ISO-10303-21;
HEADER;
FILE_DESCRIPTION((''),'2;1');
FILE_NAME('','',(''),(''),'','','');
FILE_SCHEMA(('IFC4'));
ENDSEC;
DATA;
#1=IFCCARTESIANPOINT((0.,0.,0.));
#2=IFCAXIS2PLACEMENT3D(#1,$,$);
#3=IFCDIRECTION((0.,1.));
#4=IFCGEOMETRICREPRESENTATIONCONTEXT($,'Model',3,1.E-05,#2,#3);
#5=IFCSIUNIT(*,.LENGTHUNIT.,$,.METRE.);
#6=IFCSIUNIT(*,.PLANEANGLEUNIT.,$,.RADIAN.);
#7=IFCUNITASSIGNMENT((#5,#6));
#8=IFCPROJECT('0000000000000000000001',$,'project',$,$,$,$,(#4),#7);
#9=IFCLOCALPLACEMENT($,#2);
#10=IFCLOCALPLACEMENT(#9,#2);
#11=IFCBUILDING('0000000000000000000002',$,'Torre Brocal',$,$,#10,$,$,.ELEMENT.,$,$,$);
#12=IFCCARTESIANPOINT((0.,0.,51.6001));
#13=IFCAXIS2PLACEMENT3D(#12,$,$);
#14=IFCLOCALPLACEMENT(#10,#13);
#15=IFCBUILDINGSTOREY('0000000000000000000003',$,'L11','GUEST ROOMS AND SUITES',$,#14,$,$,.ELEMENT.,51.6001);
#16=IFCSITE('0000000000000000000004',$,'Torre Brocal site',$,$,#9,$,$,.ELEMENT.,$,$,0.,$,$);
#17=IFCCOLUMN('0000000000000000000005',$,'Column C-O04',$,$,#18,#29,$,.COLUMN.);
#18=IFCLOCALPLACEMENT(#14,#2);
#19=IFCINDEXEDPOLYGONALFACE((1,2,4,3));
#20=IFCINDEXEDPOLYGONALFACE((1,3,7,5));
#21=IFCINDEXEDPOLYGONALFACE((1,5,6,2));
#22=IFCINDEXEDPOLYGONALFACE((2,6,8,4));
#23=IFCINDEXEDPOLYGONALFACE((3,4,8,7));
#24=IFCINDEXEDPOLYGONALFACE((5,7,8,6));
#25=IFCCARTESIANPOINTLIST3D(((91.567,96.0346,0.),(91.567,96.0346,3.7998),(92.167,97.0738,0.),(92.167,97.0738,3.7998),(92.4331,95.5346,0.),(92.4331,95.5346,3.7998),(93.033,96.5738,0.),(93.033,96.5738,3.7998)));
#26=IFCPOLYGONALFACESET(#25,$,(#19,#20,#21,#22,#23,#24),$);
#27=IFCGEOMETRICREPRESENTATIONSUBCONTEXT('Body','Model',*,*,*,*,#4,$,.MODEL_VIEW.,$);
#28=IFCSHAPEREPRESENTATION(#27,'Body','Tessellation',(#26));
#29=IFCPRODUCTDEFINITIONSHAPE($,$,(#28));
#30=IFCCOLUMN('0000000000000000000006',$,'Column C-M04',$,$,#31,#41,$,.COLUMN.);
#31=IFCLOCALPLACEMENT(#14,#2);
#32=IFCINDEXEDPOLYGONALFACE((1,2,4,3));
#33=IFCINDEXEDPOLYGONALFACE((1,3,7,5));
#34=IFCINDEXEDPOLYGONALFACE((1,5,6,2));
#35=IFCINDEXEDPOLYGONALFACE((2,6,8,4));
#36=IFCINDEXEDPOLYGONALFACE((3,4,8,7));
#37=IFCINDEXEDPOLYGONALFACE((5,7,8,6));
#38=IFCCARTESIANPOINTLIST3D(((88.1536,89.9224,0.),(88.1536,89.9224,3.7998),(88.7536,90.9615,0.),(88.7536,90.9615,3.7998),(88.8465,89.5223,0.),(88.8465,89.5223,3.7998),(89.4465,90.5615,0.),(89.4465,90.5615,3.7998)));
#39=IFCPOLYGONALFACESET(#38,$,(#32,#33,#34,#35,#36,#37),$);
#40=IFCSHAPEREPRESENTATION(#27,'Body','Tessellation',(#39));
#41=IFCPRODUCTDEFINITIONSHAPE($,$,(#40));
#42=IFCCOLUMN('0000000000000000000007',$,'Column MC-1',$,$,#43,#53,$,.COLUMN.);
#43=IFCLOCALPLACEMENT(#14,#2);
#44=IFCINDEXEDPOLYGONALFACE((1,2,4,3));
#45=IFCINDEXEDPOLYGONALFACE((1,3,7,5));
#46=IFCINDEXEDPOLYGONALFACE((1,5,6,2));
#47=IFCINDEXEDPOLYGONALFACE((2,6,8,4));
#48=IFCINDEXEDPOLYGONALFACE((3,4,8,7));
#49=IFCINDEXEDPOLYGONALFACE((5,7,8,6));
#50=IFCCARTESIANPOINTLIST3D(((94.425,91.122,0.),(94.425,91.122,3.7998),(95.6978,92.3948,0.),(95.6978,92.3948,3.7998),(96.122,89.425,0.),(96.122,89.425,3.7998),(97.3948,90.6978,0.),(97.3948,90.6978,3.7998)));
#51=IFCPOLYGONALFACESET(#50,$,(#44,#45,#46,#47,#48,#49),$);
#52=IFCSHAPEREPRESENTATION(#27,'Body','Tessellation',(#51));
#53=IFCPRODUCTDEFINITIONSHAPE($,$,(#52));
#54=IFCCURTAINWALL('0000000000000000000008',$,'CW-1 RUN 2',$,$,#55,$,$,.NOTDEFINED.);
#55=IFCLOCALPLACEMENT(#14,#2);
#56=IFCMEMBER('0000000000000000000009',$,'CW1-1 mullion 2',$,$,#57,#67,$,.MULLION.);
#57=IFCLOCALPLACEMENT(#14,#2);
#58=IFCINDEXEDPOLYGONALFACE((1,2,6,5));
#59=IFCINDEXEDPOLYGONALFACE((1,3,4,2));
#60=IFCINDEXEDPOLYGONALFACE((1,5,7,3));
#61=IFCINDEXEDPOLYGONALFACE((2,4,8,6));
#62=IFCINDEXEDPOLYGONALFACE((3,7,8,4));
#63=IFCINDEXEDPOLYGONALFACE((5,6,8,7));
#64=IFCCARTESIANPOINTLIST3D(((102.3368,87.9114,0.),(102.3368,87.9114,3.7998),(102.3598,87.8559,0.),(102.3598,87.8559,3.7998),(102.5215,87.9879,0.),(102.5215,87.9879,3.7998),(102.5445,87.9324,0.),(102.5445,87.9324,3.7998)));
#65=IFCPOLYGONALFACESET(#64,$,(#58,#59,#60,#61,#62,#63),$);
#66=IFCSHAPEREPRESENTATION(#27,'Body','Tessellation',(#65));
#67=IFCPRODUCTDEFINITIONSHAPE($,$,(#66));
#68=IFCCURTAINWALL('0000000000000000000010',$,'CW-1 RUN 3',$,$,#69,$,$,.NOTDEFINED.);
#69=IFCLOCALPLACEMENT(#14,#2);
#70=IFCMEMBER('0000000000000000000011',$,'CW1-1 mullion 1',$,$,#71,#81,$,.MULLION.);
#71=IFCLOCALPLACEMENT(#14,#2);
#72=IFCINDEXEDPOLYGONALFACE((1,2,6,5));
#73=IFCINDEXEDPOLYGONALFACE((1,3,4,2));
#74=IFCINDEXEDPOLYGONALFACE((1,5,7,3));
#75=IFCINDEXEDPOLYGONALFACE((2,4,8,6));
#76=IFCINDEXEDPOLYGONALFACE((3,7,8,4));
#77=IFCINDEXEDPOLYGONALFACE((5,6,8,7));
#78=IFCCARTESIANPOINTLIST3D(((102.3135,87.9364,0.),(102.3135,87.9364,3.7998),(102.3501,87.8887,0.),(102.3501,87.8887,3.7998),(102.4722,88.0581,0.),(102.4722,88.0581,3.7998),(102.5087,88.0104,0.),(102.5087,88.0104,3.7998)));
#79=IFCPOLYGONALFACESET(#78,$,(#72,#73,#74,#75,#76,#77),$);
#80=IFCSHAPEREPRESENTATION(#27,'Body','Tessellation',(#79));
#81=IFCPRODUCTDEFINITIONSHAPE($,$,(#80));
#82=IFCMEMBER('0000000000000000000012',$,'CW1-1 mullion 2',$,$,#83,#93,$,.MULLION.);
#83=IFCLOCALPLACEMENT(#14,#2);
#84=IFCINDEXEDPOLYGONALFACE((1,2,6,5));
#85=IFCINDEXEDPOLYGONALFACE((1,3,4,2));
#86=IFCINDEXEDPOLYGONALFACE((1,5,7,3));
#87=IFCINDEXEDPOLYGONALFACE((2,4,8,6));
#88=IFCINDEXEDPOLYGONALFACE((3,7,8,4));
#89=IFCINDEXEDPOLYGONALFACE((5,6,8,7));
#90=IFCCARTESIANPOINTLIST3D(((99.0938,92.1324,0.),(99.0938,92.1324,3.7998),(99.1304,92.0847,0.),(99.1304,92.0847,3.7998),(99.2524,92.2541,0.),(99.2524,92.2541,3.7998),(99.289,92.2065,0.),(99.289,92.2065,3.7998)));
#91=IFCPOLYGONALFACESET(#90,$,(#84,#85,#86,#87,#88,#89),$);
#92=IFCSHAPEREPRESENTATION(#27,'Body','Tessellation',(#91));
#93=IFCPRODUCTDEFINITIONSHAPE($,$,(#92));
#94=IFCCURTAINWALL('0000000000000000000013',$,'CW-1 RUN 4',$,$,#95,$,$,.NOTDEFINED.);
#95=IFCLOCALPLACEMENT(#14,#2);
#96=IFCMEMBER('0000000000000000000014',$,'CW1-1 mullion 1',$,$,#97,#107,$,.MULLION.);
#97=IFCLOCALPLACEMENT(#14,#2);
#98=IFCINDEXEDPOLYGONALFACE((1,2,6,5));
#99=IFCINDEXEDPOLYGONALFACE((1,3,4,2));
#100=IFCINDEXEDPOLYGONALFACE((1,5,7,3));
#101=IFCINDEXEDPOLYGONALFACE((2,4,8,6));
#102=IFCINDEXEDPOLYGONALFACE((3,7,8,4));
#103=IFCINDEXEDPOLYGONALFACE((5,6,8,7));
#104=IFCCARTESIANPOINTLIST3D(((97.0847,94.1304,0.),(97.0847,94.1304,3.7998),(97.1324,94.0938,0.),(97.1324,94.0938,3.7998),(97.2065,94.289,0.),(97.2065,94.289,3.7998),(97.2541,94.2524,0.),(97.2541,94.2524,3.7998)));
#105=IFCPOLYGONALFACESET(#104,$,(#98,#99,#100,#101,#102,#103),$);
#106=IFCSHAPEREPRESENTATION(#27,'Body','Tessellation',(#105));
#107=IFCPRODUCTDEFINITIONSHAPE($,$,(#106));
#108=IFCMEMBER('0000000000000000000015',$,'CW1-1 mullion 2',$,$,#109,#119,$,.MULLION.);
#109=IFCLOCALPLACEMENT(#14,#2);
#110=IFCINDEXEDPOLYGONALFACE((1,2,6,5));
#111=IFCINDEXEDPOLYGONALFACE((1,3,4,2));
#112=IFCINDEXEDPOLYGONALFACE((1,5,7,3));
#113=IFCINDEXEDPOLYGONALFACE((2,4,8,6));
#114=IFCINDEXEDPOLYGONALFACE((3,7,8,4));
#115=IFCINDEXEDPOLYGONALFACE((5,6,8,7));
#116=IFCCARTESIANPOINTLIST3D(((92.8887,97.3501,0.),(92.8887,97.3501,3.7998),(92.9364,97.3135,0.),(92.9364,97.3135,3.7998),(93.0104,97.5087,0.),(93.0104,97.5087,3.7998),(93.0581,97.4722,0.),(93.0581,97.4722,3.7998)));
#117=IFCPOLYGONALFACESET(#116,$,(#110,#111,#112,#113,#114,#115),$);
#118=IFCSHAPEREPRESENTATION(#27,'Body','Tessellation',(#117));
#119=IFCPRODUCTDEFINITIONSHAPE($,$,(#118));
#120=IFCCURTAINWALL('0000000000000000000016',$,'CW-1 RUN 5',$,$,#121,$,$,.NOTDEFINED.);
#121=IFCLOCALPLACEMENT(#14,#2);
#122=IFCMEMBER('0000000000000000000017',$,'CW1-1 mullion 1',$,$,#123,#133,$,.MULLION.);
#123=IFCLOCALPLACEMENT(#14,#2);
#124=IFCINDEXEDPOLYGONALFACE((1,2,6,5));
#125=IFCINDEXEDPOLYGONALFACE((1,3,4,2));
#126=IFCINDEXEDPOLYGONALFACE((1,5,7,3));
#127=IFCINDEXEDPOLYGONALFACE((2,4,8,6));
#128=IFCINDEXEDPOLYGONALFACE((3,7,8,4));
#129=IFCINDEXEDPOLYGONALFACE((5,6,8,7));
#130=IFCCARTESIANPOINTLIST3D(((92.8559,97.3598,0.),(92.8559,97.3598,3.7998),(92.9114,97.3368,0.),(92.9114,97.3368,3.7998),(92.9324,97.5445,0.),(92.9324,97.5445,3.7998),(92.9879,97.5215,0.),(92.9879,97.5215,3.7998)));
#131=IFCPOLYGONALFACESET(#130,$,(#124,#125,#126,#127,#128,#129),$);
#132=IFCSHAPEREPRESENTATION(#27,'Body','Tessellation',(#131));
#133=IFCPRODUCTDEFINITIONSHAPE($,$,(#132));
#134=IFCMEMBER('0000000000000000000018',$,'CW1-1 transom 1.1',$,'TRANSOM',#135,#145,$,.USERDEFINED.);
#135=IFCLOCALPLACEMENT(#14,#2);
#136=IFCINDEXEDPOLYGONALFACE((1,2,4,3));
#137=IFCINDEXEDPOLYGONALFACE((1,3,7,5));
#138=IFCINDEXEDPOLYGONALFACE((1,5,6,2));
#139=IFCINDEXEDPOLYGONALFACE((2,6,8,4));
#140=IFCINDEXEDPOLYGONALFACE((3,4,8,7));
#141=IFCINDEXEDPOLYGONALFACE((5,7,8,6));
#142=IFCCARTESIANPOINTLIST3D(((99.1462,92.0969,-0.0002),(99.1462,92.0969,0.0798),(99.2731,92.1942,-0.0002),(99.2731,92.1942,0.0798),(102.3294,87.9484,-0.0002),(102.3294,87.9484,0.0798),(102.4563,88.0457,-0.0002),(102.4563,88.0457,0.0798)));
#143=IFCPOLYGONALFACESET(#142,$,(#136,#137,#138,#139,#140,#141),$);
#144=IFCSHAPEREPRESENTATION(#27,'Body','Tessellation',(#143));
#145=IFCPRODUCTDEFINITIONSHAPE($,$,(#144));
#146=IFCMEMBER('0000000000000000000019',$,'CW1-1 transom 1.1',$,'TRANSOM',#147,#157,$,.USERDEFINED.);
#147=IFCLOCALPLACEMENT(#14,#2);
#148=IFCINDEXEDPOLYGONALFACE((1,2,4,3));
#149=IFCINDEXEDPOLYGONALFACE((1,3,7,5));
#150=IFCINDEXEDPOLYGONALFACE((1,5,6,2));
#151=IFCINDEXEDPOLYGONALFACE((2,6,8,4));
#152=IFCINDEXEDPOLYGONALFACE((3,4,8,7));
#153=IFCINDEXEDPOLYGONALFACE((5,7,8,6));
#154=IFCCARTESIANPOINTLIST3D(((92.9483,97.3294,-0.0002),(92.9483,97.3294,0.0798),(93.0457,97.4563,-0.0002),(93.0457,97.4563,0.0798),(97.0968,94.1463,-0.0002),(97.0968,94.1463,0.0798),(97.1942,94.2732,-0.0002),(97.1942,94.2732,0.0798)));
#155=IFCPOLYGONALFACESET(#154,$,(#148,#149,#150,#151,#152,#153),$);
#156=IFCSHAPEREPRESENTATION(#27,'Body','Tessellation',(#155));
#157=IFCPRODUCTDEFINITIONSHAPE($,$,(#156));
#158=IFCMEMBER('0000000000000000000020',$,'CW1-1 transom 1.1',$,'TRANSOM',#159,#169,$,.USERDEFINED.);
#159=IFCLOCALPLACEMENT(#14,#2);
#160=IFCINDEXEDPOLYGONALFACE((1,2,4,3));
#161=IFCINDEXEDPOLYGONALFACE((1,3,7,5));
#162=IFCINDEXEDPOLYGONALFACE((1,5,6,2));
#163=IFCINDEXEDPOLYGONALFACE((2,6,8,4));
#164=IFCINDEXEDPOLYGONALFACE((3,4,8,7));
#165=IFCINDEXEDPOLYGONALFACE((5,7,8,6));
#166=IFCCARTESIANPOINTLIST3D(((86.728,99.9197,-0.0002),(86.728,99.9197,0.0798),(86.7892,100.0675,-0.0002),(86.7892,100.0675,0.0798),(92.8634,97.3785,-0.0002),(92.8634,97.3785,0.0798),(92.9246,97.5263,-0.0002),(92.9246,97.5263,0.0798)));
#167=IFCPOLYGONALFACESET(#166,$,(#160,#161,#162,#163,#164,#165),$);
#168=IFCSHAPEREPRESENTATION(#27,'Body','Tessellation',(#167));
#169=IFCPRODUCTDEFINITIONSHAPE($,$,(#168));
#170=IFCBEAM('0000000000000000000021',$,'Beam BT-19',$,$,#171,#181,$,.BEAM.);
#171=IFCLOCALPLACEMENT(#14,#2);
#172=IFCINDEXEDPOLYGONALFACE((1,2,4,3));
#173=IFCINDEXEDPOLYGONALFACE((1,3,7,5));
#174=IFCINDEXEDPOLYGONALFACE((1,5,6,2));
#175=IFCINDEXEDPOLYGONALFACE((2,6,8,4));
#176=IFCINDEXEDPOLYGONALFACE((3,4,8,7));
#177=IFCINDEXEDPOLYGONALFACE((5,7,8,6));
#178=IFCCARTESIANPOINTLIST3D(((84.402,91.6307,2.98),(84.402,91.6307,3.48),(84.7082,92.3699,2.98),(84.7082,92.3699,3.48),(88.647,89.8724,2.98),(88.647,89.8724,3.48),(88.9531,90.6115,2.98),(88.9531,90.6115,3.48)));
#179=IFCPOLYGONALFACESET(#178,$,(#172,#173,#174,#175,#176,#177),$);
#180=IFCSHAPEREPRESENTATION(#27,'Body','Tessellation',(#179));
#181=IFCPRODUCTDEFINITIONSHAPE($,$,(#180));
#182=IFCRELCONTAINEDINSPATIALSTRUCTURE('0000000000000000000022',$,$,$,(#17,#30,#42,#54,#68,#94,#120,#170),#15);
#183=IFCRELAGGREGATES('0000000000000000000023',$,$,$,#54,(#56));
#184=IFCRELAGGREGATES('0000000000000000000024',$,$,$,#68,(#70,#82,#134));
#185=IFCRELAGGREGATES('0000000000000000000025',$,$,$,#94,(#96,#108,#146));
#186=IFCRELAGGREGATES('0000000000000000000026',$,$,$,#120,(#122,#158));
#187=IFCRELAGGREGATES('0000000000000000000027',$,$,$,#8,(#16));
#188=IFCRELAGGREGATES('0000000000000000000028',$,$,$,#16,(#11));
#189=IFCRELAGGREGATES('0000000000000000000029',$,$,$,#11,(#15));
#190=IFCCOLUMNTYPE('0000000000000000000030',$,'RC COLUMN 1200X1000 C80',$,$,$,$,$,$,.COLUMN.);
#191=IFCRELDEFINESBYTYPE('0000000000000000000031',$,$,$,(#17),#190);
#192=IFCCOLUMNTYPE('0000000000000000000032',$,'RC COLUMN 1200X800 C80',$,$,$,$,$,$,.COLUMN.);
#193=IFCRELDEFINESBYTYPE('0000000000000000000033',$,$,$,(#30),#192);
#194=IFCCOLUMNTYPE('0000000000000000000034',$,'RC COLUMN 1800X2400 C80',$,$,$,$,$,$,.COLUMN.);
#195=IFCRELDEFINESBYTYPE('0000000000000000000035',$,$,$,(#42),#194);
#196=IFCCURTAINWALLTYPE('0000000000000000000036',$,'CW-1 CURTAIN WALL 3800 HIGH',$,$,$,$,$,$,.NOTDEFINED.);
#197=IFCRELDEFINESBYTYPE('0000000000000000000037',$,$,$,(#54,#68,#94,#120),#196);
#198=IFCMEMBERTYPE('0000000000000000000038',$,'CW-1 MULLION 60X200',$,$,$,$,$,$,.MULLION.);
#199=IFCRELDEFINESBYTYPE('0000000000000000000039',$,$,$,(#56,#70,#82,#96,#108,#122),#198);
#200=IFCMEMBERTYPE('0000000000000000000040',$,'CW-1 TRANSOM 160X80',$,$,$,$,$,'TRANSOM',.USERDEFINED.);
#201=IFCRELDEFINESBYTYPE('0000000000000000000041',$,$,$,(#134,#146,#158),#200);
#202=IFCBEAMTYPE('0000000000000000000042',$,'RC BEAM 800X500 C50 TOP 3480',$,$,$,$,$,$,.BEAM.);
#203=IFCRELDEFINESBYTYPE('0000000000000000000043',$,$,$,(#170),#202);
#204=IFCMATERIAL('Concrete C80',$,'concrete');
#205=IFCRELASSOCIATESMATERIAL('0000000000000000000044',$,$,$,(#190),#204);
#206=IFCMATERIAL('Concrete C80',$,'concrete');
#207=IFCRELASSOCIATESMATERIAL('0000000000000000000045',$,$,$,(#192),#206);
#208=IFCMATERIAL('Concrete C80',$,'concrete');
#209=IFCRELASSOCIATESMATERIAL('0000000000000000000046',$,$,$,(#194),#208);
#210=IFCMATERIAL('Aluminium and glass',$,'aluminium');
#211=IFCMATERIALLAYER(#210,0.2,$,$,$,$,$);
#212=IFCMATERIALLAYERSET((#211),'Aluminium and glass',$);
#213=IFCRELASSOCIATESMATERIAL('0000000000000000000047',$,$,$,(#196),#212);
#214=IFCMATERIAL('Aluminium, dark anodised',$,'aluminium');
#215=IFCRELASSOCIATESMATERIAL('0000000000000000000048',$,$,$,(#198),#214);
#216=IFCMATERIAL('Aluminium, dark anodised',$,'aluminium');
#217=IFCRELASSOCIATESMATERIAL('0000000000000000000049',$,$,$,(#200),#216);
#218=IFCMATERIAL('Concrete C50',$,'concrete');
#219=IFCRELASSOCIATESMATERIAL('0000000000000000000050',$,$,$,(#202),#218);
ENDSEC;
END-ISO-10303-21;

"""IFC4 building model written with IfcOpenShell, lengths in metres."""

from ifc_helpers import new_model, si_unit, direction, frame, origin, origin_2d, place, context, subcontext, project, spatial, rectangle, extrude, material, layer, layer_set, material_profile, profile_set, type_object, element, aggregate, save


model = new_model("IFC4")

# Units and contexts
model_context = context("Model", 3, precision=1e-05, world=origin(), true_north=direction((0.0, 1.0)))
body_context = subcontext(model_context, "Body", "Model", "MODEL_VIEW")
ifc_project = project(units=[si_unit("LENGTHUNIT", "METRE"), si_unit("PLANEANGLEUNIT", "RADIAN")], contexts=[model_context])

# Site, building, storey
site_placement = place(None, origin())
site = spatial("IfcSite", under=ifc_project, at=site_placement, Name="Torre Brocal site", CompositionType="ELEMENT", RefElevation=0.0)
building_placement = place(site_placement, origin())
building = spatial("IfcBuilding", under=site, at=building_placement, Name="Torre Brocal", CompositionType="ELEMENT")
storey_placement = place(building_placement, frame((0.0, 0.0, 51.6001)))
storey = spatial("IfcBuildingStorey", under=building, at=storey_placement, Name="L11", Description="GUEST ROOMS AND SUITES", CompositionType="ELEMENT", Elevation=51.6001)

# Columns
ifc_material_1 = material(Name="Concrete C80", Category="concrete")
ifc_material_profile_1 = material_profile(ifc_material_1, rectangle(XDim=1.2, YDim=1.0, at=origin_2d()), Name="RC 1200X1000")
ifc_profile_set_1 = profile_set([ifc_material_profile_1], Name="Concrete C80")
column_type_1 = type_object("IfcColumnType", Name="RC COLUMN 1200X1000 C80", PredefinedType="COLUMN", material=ifc_profile_set_1)
column_1_placement = place(storey_placement, frame((92.3, 96.3042, 0.0), z_axis=(0.0, 0.0, 1.0), x_axis=(0.5, 0.866025, 0.0)))
element("IfcColumn", 1, at=column_1_placement, inside=storey, type_object=column_type_1, Name="Column C-O04", PredefinedType="COLUMN", context=body_context, shape_type="SweptSolid", body=[
    extrude(rectangle(XDim=1.2, YDim=1.0, at=origin_2d()), origin(), (0.0, 0.0, 1.0), 3.7998),
])
ifc_material_2 = material(Name="Concrete C80", Category="concrete")
ifc_material_profile_2 = material_profile(ifc_material_2, rectangle(XDim=1.2, YDim=0.8, at=origin_2d()), Name="RC 1200X800")
ifc_profile_set_2 = profile_set([ifc_material_profile_2], Name="Concrete C80")
column_type_2 = type_object("IfcColumnType", Name="RC COLUMN 1200X800 C80", PredefinedType="COLUMN", material=ifc_profile_set_2)
column_2_placement = place(storey_placement, frame((88.8, 90.2419, 0.0), z_axis=(0.0, 0.0, 1.0), x_axis=(0.5, 0.866025, 0.0)))
element("IfcColumn", 2, at=column_2_placement, inside=storey, type_object=column_type_2, Name="Column C-M04", PredefinedType="COLUMN", context=body_context, shape_type="SweptSolid", body=[
    extrude(rectangle(XDim=1.2, YDim=0.8, at=origin_2d()), origin(), (0.0, 0.0, 1.0), 3.7998),
])
ifc_material_3 = material(Name="Concrete C80", Category="concrete")
ifc_material_profile_3 = material_profile(ifc_material_3, rectangle(XDim=1.8, YDim=2.3999, at=origin_2d()), Name="RC 1800X2400")
ifc_profile_set_3 = profile_set([ifc_material_profile_3], Name="Concrete C80")
column_type_3 = type_object("IfcColumnType", Name="RC COLUMN 1800X2400 C80", PredefinedType="COLUMN", material=ifc_profile_set_3)
column_3_placement = place(storey_placement, frame((95.9099, 90.9099, 0.0), z_axis=(0.0, 0.0, 1.0), x_axis=(0.707107, 0.707107, 0.0)))
element("IfcColumn", 3, at=column_3_placement, inside=storey, type_object=column_type_3, Name="Column MC-1", PredefinedType="COLUMN", context=body_context, shape_type="SweptSolid", body=[
    extrude(rectangle(XDim=1.8, YDim=2.3999, at=origin_2d()), origin(), (0.0, 0.0, 1.0), 3.7998),
])

# Curtain wall, member
ifc_material_4 = material(Name="Aluminium and glass", Category="aluminium")
ifc_layer_1 = layer(ifc_material_4, 0.2)
ifc_layer_set_1 = layer_set([ifc_layer_1], Name="Aluminium and glass")
curtain_wall_type = type_object("IfcCurtainWallType", Name="CW-1 CURTAIN WALL 3800 HIGH", PredefinedType="NOTDEFINED", material=ifc_layer_set_1)
curtain_wall_1_placement = place(storey_placement, origin())
curtain_wall_1 = element("IfcCurtainWall", 4, at=curtain_wall_1_placement, inside=storey, type_object=curtain_wall_type, Name="CW-1 RUN 2", PredefinedType="NOTDEFINED")
ifc_material_5 = material(Name="Aluminium, dark anodised", Category="aluminium")
ifc_material_profile_4 = material_profile(ifc_material_5, rectangle(XDim=0.2, YDim=0.0601, at=origin_2d()), Name="CW-1 MULLION 60X200")
ifc_profile_set_4 = profile_set([ifc_material_profile_4], Name="Aluminium, dark anodised")
member_type_1 = type_object("IfcMemberType", Name="CW-1 MULLION 60X200", PredefinedType="MULLION", material=ifc_profile_set_4)
member_1_placement = place(storey_placement, frame((102.4407, 87.9219, 0.0), z_axis=(0.0, 0.0, 1.0), x_axis=(-0.92388, -0.382683, 0.0)))
member_1 = element("IfcMember", 5, at=member_1_placement, type_object=member_type_1, Name="CW1-1 mullion 2", PredefinedType="MULLION", context=body_context, shape_type="SweptSolid", body=[
    extrude(rectangle(XDim=0.2, YDim=0.0601, at=origin_2d()), origin(), (0.0, 0.0, 1.0), 3.7998),
])
aggregate(curtain_wall_1, [member_1])

# Curtain walls, members
curtain_wall_2_placement = place(storey_placement, origin())
curtain_wall_2 = element("IfcCurtainWall", 6, at=curtain_wall_2_placement, inside=storey, type_object=curtain_wall_type, Name="CW-1 RUN 3", PredefinedType="NOTDEFINED")
member_2_placement = place(storey_placement, frame((102.4111, 87.9734, 0.0), z_axis=(0.0, 0.0, 1.0), x_axis=(-0.793353, -0.608761, 0.0)))
member_2 = element("IfcMember", 7, at=member_2_placement, type_object=member_type_1, Name="CW1-1 mullion 1", PredefinedType="MULLION", context=body_context, shape_type="SweptSolid", body=[
    extrude(rectangle(XDim=0.2, YDim=0.0601, at=origin_2d()), origin(), (0.0, 0.0, 1.0), 3.7998),
])
member_3_placement = place(storey_placement, frame((99.1914, 92.1694, 0.0), z_axis=(0.0, 0.0, 1.0), x_axis=(-0.793353, -0.608761, 0.0)))
member_3 = element("IfcMember", 8, at=member_3_placement, type_object=member_type_1, Name="CW1-1 mullion 2", PredefinedType="MULLION", context=body_context, shape_type="SweptSolid", body=[
    extrude(rectangle(XDim=0.2, YDim=0.0601, at=origin_2d()), origin(), (0.0, 0.0, 1.0), 3.7998),
])
curtain_wall_3_placement = place(storey_placement, origin())
curtain_wall_3 = element("IfcCurtainWall", 9, at=curtain_wall_3_placement, inside=storey, type_object=curtain_wall_type, Name="CW-1 RUN 4", PredefinedType="NOTDEFINED")
member_4_placement = place(storey_placement, frame((97.1694, 94.1914, 0.0), z_axis=(0.0, 0.0, 1.0), x_axis=(-0.608761, -0.793353, 0.0)))
member_4 = element("IfcMember", 10, at=member_4_placement, type_object=member_type_1, Name="CW1-1 mullion 1", PredefinedType="MULLION", context=body_context, shape_type="SweptSolid", body=[
    extrude(rectangle(XDim=0.2, YDim=0.0601, at=origin_2d()), origin(), (0.0, 0.0, 1.0), 3.7998),
])
member_5_placement = place(storey_placement, frame((92.9734, 97.4111, 0.0), z_axis=(0.0, 0.0, 1.0), x_axis=(-0.608761, -0.793353, 0.0)))
member_5 = element("IfcMember", 11, at=member_5_placement, type_object=member_type_1, Name="CW1-1 mullion 2", PredefinedType="MULLION", context=body_context, shape_type="SweptSolid", body=[
    extrude(rectangle(XDim=0.2, YDim=0.0601, at=origin_2d()), origin(), (0.0, 0.0, 1.0), 3.7998),
])

# Curtain wall, member
curtain_wall_4_placement = place(storey_placement, origin())
curtain_wall_4 = element("IfcCurtainWall", 12, at=curtain_wall_4_placement, inside=storey, type_object=curtain_wall_type, Name="CW-1 RUN 5", PredefinedType="NOTDEFINED")
member_6_placement = place(storey_placement, frame((92.9219, 97.4407, 0.0), z_axis=(0.0, 0.0, 1.0), x_axis=(-0.382683, -0.92388, 0.0)))
member_6 = element("IfcMember", 13, at=member_6_placement, type_object=member_type_1, Name="CW1-1 mullion 1", PredefinedType="MULLION", context=body_context, shape_type="SweptSolid", body=[
    extrude(rectangle(XDim=0.2, YDim=0.0601, at=origin_2d()), origin(), (0.0, 0.0, 1.0), 3.7998),
])

# Members
ifc_material_6 = material(Name="Aluminium, dark anodised", Category="aluminium")
ifc_material_profile_5 = material_profile(ifc_material_6, rectangle(XDim=0.1599, YDim=0.0801, at=origin_2d()), Name="CW-1 TRANSOM 160X80")
ifc_profile_set_5 = profile_set([ifc_material_profile_5], Name="Aluminium, dark anodised")
member_type_2 = type_object("IfcMemberType", Name="CW-1 TRANSOM 160X80", ElementType="TRANSOM", PredefinedType="USERDEFINED", material=ifc_profile_set_5)
member_7_placement = place(storey_placement, frame((102.3928, 87.9971, 0.0398), z_axis=(-0.608749, 0.793363, 0.0), x_axis=(-0.793363, -0.608749, 0.0)))
member_7 = element("IfcMember", 14, at=member_7_placement, type_object=member_type_2, Name="CW1-1 transom 1.1", ObjectType="TRANSOM", PredefinedType="USERDEFINED", context=body_context, shape_type="SweptSolid", body=[
    extrude(rectangle(XDim=0.1599, YDim=0.0801, at=origin_2d()), origin(), (0.0, 0.0, 1.0), 5.229),
])
member_8_placement = place(storey_placement, frame((97.1455, 94.2097, 0.0398), z_axis=(-0.793363, 0.608749, 0.0), x_axis=(-0.608749, -0.793363, 0.0)))
member_8 = element("IfcMember", 15, at=member_8_placement, type_object=member_type_2, Name="CW1-1 transom 1.1", ObjectType="TRANSOM", PredefinedType="USERDEFINED", context=body_context, shape_type="SweptSolid", body=[
    extrude(rectangle(XDim=0.1599, YDim=0.0801, at=origin_2d()), origin(), (0.0, 0.0, 1.0), 5.229),
])
member_9_placement = place(storey_placement, frame((92.894, 97.4524, 0.0398), z_axis=(-0.923887, 0.382665, 0.0), x_axis=(-0.382665, -0.923887, 0.0)))
member_9 = element("IfcMember", 16, at=member_9_placement, type_object=member_type_2, Name="CW1-1 transom 1.1", ObjectType="TRANSOM", PredefinedType="USERDEFINED", context=body_context, shape_type="SweptSolid", body=[
    extrude(rectangle(XDim=0.1599, YDim=0.0801, at=origin_2d()), origin(), (0.0, 0.0, 1.0), 6.6409),
])

# Beam
ifc_material_7 = material(Name="Concrete C50", Category="concrete")
ifc_material_profile_6 = material_profile(ifc_material_7, rectangle(XDim=0.8, YDim=0.5, at=origin_2d()), Name="RC 800X500")
ifc_profile_set_6 = profile_set([ifc_material_profile_6], Name="Concrete C50")
beam_type_1 = type_object("IfcBeamType", Name="RC BEAM 800X500 C50 TOP 3480", PredefinedType="BEAM", material=ifc_profile_set_6)
beam_1_placement = place(storey_placement, frame((88.8, 90.2419, 3.23), z_axis=(-0.923878, 0.382687, 0.0), x_axis=(-0.382687, -0.923878, 0.0)))
element("IfcBeam", 17, at=beam_1_placement, inside=storey, type_object=beam_type_1, Name="Beam BT-19", PredefinedType="BEAM", context=body_context, shape_type="SweptSolid", body=[
    extrude(rectangle(XDim=0.8, YDim=0.5, at=origin_2d()), origin(), (0.0, 0.0, 1.0), 4.5947),
])

aggregate(curtain_wall_2, [member_2, member_3, member_7])
aggregate(curtain_wall_3, [member_4, member_5, member_8])
aggregate(curtain_wall_4, [member_6, member_9])

save(model, "model.ifc")
